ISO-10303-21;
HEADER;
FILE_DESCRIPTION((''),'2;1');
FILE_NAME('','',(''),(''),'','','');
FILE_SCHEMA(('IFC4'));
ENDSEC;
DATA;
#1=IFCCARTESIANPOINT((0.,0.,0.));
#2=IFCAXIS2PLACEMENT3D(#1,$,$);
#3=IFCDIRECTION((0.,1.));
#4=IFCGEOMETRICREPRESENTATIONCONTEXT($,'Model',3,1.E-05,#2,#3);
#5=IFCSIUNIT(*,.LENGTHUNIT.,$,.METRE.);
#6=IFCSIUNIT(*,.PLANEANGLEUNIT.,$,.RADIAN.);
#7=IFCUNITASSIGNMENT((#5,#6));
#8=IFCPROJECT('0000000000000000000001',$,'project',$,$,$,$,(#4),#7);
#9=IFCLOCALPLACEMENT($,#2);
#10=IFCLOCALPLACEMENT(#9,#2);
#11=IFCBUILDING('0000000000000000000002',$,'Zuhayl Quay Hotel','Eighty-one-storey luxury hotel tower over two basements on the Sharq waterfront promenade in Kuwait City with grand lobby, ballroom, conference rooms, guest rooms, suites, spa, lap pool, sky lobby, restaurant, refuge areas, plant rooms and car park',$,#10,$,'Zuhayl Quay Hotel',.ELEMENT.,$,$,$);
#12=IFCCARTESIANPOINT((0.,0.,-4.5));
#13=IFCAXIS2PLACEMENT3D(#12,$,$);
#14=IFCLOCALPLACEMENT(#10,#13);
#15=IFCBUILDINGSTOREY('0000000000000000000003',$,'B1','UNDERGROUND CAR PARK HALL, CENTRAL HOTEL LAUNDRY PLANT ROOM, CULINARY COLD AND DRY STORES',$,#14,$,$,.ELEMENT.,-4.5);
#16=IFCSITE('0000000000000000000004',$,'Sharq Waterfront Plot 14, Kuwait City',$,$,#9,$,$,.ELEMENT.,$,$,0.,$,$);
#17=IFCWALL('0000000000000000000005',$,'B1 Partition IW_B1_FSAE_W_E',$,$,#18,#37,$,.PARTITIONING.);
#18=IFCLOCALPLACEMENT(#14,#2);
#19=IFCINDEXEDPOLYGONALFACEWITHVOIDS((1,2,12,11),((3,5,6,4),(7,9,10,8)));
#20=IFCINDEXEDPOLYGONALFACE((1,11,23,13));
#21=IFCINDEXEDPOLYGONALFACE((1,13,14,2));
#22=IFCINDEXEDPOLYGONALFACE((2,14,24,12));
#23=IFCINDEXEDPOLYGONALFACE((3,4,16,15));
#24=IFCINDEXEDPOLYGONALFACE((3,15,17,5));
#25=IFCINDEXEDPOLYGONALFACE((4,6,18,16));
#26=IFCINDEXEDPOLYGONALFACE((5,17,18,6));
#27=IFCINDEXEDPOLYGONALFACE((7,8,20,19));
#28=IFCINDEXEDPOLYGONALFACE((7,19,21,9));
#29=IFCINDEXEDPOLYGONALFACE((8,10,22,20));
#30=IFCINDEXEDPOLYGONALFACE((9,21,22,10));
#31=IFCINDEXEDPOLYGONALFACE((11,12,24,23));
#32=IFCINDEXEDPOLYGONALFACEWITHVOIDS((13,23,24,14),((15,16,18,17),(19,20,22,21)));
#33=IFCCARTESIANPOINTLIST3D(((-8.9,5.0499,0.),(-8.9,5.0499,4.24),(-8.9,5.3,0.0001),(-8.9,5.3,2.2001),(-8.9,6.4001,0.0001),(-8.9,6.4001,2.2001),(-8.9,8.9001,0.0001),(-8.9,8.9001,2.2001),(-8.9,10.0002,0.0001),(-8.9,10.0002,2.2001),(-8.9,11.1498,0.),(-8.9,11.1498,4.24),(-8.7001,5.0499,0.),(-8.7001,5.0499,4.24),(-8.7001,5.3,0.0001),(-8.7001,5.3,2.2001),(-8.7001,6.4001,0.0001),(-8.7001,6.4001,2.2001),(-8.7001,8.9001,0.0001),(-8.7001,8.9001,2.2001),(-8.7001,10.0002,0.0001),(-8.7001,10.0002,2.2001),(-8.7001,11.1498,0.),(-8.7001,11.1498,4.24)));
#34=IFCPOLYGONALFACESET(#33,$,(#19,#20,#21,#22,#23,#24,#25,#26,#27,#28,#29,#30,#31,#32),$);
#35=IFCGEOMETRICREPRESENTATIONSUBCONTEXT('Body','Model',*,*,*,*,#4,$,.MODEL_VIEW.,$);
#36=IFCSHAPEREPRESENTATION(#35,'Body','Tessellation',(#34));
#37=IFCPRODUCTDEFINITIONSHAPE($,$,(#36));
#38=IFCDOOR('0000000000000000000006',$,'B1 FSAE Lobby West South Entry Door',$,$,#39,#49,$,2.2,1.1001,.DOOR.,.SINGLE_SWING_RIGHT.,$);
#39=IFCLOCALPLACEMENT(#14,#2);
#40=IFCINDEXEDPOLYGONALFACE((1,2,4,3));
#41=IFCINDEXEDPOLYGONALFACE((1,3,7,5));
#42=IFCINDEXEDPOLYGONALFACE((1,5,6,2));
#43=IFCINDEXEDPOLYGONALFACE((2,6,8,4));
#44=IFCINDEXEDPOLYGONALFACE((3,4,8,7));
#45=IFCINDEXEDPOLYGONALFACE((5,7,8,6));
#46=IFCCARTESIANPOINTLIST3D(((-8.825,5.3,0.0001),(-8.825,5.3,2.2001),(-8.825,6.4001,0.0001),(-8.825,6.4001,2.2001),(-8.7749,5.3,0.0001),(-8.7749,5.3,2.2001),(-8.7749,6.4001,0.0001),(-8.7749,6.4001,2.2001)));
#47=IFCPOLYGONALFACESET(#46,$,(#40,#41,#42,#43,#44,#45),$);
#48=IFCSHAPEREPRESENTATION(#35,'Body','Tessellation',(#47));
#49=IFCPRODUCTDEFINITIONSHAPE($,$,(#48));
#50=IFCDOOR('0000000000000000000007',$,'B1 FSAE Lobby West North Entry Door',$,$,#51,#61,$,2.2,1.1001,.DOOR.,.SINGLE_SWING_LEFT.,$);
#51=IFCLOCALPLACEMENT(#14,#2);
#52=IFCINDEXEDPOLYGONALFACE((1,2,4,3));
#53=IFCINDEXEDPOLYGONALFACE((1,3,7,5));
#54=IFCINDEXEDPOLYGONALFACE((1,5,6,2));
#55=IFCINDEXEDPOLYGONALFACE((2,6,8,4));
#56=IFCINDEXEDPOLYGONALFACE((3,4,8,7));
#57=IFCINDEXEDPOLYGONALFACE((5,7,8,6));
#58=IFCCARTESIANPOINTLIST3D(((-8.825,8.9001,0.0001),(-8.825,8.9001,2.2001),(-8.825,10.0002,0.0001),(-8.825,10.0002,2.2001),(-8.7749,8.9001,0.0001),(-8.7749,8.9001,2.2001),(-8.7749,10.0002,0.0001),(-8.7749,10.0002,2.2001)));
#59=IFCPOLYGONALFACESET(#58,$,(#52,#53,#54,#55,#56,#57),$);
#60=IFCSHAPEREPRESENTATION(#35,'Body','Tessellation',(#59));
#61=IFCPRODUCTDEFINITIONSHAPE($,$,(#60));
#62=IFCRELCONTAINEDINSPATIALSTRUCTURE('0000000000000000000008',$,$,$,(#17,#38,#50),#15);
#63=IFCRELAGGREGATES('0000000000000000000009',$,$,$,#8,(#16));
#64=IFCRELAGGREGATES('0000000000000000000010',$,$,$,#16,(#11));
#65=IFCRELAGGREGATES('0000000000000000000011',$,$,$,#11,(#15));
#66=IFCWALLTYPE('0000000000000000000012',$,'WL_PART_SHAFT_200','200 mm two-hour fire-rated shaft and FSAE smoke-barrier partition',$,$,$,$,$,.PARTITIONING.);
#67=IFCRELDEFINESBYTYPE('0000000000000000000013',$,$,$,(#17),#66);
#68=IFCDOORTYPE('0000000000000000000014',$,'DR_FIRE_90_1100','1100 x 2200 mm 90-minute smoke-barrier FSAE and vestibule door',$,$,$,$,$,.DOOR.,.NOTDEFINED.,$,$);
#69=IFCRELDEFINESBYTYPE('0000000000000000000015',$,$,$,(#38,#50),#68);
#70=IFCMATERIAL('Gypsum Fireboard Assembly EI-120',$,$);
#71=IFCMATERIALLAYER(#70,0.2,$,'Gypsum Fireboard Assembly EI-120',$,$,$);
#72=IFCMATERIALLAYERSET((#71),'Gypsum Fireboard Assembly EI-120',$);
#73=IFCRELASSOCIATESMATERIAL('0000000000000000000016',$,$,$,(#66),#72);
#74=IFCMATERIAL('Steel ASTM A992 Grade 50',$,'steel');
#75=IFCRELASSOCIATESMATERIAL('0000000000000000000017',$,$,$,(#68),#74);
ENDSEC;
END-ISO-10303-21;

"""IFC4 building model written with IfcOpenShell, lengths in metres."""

from ifc_helpers import new_model, si_unit, direction, frame, frame_2d, origin, place, context, subcontext, project, spatial, rectangle, extrude, material, layer, layer_set, type_object, element, fill, save


model = new_model("IFC4")

# Units and contexts
model_context = context("Model", 3, precision=1e-05, world=origin(), true_north=direction((0.0, 1.0)))
body_context = subcontext(model_context, "Body", "Model", "MODEL_VIEW")
ifc_project = project(units=[si_unit("LENGTHUNIT", "METRE"), si_unit("PLANEANGLEUNIT", "RADIAN")], contexts=[model_context])

# Site, building, storey
site_placement = place(None, origin())
site = spatial("IfcSite", under=ifc_project, at=site_placement, Name="Sharq Waterfront Plot 14, Kuwait City", CompositionType="ELEMENT", RefElevation=0.0)
building_placement = place(site_placement, origin())
building = spatial("IfcBuilding", under=site, at=building_placement, Name="Zuhayl Quay Hotel", Description="Eighty-one-storey luxury hotel tower over two basements on the Sharq waterfront promenade in Kuwait City with grand lobby, ballroom, conference rooms, guest rooms, suites, spa, lap pool, sky lobby, restaurant, refuge areas, plant rooms and car park", LongName="Zuhayl Quay Hotel", CompositionType="ELEMENT")
storey_placement = place(building_placement, frame((0.0, 0.0, -4.5)))
storey = spatial("IfcBuildingStorey", under=building, at=storey_placement, Name="B1", Description="UNDERGROUND CAR PARK HALL, CENTRAL HOTEL LAUNDRY PLANT ROOM, CULINARY COLD AND DRY STORES", CompositionType="ELEMENT", Elevation=-4.5)

# Shared definitions
ifc_material_1 = material(Name="Steel ASTM A992 Grade 50", Category="steel")

# Wall, openings, doors
ifc_material_2 = material(Name="Gypsum Fireboard Assembly EI-120")
ifc_layer_1 = layer(ifc_material_2, 0.2, Name="Gypsum Fireboard Assembly EI-120")
ifc_layer_set_1 = layer_set([ifc_layer_1], Name="Gypsum Fireboard Assembly EI-120")
wall_type_1 = type_object("IfcWallType", Name="WL_PART_SHAFT_200", Description="200 mm two-hour fire-rated shaft and FSAE smoke-barrier partition", PredefinedType="PARTITIONING", material=ifc_layer_set_1)
wall_1_placement = place(storey_placement, frame((-8.8, 5.05, 0.0), z_axis=(0.0, 0.0, 1.0), x_axis=(0.0, 1.0, 0.0)))
wall_1 = element("IfcWall", 1, at=wall_1_placement, inside=storey, type_object=wall_type_1, Name="B1 Partition IW_B1_FSAE_W_E", PredefinedType="PARTITIONING", context=body_context, shape_type="SweptSolid", body=[
    extrude(rectangle(XDim=6.0999, YDim=0.2, at=frame_2d((3.0498, 0.0))), origin(), (0.0, 0.0, 1.0), 4.24),
])
opening_1_placement = place(wall_1_placement, frame((0.25, 0.0, 0.0)))
opening_1 = element("IfcOpeningElement", 2, at=opening_1_placement, cuts=wall_1, PredefinedType="OPENING", context=body_context, shape_type="SweptSolid", body=[
    extrude(rectangle(XDim=1.1001, YDim=2.2, at=frame_2d((0.55, 1.1001))), frame((0.0, 0.1099, 0.0), z_axis=(0.0, -1.0, 0.0), x_axis=(1.0, 0.0, 0.0)), (0.0, 0.0, 1.0), 0.22),
])
opening_2_placement = place(wall_1_placement, frame((3.8501, 0.0, 0.0)))
opening_2 = element("IfcOpeningElement", 3, at=opening_2_placement, cuts=wall_1, PredefinedType="OPENING", context=body_context, shape_type="SweptSolid", body=[
    extrude(rectangle(XDim=1.1001, YDim=2.2, at=frame_2d((0.55, 1.1001))), frame((0.0, 0.1099, 0.0), z_axis=(0.0, -1.0, 0.0), x_axis=(1.0, 0.0, 0.0)), (0.0, 0.0, 1.0), 0.22),
])
door_type_1 = type_object("IfcDoorType", Name="DR_FIRE_90_1100", Description="1100 x 2200 mm 90-minute smoke-barrier FSAE and vestibule door", OperationType="NOTDEFINED", PredefinedType="DOOR", material=ifc_material_1)
door_1_placement = place(opening_1_placement, origin())
door_1 = element("IfcDoor", 4, at=door_1_placement, inside=storey, type_object=door_type_1, Name="B1 FSAE Lobby West South Entry Door", OperationType="SINGLE_SWING_RIGHT", OverallHeight=2.2, OverallWidth=1.1001, PredefinedType="DOOR", context=body_context, shape_type="SweptSolid", body=[
    extrude(rectangle(XDim=1.1001, YDim=2.2, at=frame_2d((0.55, 1.1001))), frame((0.0, 0.0249, 0.0), z_axis=(0.0, -1.0, 0.0), x_axis=(1.0, 0.0, 0.0)), (0.0, 0.0, 1.0), 0.05),
])
fill(opening_1, door_1)
door_2_placement = place(opening_2_placement, origin())
door_2 = element("IfcDoor", 5, at=door_2_placement, inside=storey, type_object=door_type_1, Name="B1 FSAE Lobby West North Entry Door", OperationType="SINGLE_SWING_LEFT", OverallHeight=2.2, OverallWidth=1.1001, PredefinedType="DOOR", context=body_context, shape_type="SweptSolid", body=[
    extrude(rectangle(XDim=1.1001, YDim=2.2, at=frame_2d((0.55, 1.1001))), frame((0.0, 0.0249, 0.0), z_axis=(0.0, -1.0, 0.0), x_axis=(1.0, 0.0, 0.0)), (0.0, 0.0, 1.0), 0.05),
])
fill(opening_2, door_2)

save(model, "model.ifc")
